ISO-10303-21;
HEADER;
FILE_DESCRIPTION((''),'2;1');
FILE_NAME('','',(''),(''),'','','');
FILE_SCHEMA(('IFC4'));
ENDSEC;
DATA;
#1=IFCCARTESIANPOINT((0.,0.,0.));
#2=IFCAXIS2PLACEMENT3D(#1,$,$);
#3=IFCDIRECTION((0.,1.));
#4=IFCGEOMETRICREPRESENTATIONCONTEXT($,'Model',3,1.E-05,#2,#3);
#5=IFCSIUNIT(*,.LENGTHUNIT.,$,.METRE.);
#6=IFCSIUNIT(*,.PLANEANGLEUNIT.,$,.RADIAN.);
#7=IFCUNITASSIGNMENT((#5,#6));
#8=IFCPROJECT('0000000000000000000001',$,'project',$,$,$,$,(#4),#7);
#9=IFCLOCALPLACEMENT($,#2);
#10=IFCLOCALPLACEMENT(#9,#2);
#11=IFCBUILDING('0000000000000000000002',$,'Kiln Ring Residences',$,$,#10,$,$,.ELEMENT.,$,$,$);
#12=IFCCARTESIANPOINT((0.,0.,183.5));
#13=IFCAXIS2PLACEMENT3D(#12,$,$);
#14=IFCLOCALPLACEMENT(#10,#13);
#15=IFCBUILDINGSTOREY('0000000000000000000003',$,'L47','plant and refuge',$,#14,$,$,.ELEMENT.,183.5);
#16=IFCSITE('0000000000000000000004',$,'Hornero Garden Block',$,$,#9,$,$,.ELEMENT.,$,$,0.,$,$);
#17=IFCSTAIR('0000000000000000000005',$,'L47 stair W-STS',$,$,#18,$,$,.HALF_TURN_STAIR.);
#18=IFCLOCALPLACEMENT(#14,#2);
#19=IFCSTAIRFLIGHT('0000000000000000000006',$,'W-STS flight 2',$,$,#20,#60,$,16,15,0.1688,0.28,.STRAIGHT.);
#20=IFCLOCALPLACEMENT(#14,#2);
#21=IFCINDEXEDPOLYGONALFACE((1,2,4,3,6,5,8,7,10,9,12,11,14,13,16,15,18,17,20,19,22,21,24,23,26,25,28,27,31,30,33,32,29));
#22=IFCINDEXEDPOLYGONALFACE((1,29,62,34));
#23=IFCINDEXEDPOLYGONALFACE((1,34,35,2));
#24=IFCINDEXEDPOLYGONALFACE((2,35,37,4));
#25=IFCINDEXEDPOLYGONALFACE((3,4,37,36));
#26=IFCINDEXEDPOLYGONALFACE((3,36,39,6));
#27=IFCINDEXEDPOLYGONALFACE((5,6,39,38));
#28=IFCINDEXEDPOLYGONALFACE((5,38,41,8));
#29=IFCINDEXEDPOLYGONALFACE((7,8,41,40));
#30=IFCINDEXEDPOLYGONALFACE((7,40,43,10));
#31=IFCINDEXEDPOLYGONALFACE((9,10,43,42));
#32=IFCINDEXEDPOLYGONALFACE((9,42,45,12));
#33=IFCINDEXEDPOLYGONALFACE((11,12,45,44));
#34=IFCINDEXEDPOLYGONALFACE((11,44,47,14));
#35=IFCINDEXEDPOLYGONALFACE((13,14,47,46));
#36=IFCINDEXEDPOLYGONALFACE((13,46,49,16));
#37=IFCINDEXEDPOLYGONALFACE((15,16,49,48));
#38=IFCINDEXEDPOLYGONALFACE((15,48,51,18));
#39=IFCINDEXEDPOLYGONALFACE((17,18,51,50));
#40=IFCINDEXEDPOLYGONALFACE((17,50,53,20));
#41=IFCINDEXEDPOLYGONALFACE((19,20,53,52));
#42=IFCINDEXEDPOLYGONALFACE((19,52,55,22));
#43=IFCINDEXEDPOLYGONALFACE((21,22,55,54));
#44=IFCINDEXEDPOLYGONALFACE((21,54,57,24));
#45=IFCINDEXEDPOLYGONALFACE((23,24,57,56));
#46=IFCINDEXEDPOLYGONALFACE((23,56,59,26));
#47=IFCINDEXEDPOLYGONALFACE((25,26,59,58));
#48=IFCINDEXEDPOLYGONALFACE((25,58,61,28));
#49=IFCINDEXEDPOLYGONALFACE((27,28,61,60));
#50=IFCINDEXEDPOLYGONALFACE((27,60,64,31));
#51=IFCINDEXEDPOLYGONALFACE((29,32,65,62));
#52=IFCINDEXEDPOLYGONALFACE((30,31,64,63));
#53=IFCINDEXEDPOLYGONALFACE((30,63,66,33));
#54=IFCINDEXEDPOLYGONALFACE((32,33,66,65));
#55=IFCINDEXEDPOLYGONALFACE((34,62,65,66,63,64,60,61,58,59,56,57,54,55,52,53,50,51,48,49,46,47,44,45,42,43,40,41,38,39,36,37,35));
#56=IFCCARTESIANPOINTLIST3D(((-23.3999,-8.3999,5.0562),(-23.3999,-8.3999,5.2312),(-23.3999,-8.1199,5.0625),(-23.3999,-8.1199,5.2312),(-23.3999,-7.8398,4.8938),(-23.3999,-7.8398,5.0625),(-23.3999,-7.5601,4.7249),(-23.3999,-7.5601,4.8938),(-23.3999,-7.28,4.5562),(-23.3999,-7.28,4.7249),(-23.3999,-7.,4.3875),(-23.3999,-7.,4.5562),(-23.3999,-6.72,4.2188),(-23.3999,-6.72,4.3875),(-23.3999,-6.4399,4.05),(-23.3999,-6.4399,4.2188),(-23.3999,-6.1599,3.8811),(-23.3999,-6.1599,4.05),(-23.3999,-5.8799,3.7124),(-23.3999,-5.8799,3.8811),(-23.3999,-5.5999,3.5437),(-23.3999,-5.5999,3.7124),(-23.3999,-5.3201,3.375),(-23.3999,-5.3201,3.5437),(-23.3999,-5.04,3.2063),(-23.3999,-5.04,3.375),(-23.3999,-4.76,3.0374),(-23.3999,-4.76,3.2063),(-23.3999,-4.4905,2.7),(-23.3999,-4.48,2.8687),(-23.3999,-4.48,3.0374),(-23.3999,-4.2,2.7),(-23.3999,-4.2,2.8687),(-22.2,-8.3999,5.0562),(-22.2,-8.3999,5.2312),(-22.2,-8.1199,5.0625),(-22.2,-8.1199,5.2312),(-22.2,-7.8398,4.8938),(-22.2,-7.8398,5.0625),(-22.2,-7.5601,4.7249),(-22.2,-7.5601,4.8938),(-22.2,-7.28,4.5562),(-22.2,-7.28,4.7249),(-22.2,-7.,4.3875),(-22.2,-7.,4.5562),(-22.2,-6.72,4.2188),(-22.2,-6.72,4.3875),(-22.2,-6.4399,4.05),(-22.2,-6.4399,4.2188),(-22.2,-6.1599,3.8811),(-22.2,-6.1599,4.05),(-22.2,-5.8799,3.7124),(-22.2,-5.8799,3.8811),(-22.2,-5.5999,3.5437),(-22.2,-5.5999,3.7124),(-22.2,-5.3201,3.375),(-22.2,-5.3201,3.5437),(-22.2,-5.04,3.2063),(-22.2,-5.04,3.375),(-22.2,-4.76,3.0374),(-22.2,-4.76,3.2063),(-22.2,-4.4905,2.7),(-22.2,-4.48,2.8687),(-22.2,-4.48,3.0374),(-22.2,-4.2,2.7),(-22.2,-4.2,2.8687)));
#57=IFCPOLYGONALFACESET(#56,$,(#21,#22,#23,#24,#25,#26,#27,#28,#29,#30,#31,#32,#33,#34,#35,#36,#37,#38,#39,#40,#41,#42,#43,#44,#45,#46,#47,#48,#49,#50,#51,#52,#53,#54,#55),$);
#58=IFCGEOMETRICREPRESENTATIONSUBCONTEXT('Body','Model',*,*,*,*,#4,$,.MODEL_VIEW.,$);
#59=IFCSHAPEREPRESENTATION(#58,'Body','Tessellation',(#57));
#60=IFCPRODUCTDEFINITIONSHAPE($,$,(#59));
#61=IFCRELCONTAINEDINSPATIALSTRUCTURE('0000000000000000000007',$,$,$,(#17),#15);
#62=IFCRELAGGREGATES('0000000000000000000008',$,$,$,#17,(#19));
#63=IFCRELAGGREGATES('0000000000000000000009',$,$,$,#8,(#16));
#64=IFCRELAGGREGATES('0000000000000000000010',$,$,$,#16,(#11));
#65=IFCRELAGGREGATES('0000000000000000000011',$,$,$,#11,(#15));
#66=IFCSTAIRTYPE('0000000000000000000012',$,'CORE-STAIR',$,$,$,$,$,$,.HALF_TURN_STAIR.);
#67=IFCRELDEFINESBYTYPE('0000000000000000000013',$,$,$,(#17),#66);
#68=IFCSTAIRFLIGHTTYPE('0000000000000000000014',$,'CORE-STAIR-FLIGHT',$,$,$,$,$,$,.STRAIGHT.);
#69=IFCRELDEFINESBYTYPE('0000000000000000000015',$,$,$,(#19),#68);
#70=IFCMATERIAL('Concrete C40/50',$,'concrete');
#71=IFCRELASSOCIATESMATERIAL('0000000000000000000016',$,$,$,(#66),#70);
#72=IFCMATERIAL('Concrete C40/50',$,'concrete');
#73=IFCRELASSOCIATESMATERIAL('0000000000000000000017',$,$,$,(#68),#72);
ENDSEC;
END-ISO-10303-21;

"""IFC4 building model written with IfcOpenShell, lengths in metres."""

from ifc_helpers import new_model, si_unit, direction, frame, origin, place, context, subcontext, project, spatial, polyline, outline, extrude, material, type_object, element, aggregate, save


model = new_model("IFC4")

# Units and contexts
model_context = context("Model", 3, precision=1e-05, world=origin(), true_north=direction((0.0, 1.0)))
body_context = subcontext(model_context, "Body", "Model", "MODEL_VIEW")
ifc_project = project(units=[si_unit("LENGTHUNIT", "METRE"), si_unit("PLANEANGLEUNIT", "RADIAN")], contexts=[model_context])

# Site, building, storey
site_placement = place(None, origin())
site = spatial("IfcSite", under=ifc_project, at=site_placement, Name="Hornero Garden Block", CompositionType="ELEMENT", RefElevation=0.0)
building_placement = place(site_placement, origin())
building = spatial("IfcBuilding", under=site, at=building_placement, Name="Kiln Ring Residences", CompositionType="ELEMENT")
storey_placement = place(building_placement, frame((0.0, 0.0, 183.5)))
storey = spatial("IfcBuildingStorey", under=building, at=storey_placement, Name="L47", Description="plant and refuge", CompositionType="ELEMENT", Elevation=183.5)

# Stair, stair flight
ifc_material_1 = material(Name="Concrete C40/50", Category="concrete")
stair_type = type_object("IfcStairType", Name="CORE-STAIR", PredefinedType="HALF_TURN_STAIR", material=ifc_material_1)
stair_placement = place(storey_placement, origin())
stair = element("IfcStair", 1, at=stair_placement, inside=storey, type_object=stair_type, Name="L47 stair W-STS", PredefinedType="HALF_TURN_STAIR")
ifc_material_2 = material(Name="Concrete C40/50", Category="concrete")
stair_flight_type = type_object("IfcStairFlightType", Name="CORE-STAIR-FLIGHT", PredefinedType="STRAIGHT", material=ifc_material_2)
stair_flight_placement = place(storey_placement, frame((-22.8, -4.2, 2.7), z_axis=(0.0, 0.0, 1.0), x_axis=(0.0, -1.0, 0.0)))
stair_flight = element("IfcStairFlight", 2, at=stair_flight_placement, type_object=stair_flight_type, Name="W-STS flight 2", NumberOfRisers=16, NumberOfTreads=15, PredefinedType="STRAIGHT", RiserHeight=0.1688, TreadLength=0.28, context=body_context, shape_type="SweptSolid", body=[
    extrude(outline(polyline([(0.0, 0.0), (0.0, 0.1687), (0.28, 0.1687), (0.28, 0.3374), (0.5601, 0.3374), (0.5601, 0.5063), (0.8401, 0.5063), (0.8401, 0.675), (1.1201, 0.675), (1.1201, 0.8438), (1.3999, 0.8438), (1.3999, 1.0125), (1.6799, 1.0125), (1.6799, 1.1812), (1.96, 1.1812), (1.96, 1.3501), (2.24, 1.3501), (2.24, 1.5188), (2.52, 1.5188), (2.52, 1.6875), (2.8, 1.6875), (2.8, 1.8562), (3.0801, 1.8562), (3.0801, 2.0249), (3.3601, 2.0249), (3.3601, 2.1938), (3.6399, 2.1938), (3.6399, 2.3625), (3.9199, 2.3625), (3.9199, 2.5312), (4.2, 2.5312), (4.2, 2.7), (4.2, 2.3562), (0.2905, 0.0), (0.0, 0.0)])), frame((0.0, 0.6001, 0.0), z_axis=(0.0, -1.0, 0.0), x_axis=(1.0, 0.0, 0.0)), (0.0, 0.0, 1.0), 1.2),
])
aggregate(stair, [stair_flight])

save(model, "model.ifc")
